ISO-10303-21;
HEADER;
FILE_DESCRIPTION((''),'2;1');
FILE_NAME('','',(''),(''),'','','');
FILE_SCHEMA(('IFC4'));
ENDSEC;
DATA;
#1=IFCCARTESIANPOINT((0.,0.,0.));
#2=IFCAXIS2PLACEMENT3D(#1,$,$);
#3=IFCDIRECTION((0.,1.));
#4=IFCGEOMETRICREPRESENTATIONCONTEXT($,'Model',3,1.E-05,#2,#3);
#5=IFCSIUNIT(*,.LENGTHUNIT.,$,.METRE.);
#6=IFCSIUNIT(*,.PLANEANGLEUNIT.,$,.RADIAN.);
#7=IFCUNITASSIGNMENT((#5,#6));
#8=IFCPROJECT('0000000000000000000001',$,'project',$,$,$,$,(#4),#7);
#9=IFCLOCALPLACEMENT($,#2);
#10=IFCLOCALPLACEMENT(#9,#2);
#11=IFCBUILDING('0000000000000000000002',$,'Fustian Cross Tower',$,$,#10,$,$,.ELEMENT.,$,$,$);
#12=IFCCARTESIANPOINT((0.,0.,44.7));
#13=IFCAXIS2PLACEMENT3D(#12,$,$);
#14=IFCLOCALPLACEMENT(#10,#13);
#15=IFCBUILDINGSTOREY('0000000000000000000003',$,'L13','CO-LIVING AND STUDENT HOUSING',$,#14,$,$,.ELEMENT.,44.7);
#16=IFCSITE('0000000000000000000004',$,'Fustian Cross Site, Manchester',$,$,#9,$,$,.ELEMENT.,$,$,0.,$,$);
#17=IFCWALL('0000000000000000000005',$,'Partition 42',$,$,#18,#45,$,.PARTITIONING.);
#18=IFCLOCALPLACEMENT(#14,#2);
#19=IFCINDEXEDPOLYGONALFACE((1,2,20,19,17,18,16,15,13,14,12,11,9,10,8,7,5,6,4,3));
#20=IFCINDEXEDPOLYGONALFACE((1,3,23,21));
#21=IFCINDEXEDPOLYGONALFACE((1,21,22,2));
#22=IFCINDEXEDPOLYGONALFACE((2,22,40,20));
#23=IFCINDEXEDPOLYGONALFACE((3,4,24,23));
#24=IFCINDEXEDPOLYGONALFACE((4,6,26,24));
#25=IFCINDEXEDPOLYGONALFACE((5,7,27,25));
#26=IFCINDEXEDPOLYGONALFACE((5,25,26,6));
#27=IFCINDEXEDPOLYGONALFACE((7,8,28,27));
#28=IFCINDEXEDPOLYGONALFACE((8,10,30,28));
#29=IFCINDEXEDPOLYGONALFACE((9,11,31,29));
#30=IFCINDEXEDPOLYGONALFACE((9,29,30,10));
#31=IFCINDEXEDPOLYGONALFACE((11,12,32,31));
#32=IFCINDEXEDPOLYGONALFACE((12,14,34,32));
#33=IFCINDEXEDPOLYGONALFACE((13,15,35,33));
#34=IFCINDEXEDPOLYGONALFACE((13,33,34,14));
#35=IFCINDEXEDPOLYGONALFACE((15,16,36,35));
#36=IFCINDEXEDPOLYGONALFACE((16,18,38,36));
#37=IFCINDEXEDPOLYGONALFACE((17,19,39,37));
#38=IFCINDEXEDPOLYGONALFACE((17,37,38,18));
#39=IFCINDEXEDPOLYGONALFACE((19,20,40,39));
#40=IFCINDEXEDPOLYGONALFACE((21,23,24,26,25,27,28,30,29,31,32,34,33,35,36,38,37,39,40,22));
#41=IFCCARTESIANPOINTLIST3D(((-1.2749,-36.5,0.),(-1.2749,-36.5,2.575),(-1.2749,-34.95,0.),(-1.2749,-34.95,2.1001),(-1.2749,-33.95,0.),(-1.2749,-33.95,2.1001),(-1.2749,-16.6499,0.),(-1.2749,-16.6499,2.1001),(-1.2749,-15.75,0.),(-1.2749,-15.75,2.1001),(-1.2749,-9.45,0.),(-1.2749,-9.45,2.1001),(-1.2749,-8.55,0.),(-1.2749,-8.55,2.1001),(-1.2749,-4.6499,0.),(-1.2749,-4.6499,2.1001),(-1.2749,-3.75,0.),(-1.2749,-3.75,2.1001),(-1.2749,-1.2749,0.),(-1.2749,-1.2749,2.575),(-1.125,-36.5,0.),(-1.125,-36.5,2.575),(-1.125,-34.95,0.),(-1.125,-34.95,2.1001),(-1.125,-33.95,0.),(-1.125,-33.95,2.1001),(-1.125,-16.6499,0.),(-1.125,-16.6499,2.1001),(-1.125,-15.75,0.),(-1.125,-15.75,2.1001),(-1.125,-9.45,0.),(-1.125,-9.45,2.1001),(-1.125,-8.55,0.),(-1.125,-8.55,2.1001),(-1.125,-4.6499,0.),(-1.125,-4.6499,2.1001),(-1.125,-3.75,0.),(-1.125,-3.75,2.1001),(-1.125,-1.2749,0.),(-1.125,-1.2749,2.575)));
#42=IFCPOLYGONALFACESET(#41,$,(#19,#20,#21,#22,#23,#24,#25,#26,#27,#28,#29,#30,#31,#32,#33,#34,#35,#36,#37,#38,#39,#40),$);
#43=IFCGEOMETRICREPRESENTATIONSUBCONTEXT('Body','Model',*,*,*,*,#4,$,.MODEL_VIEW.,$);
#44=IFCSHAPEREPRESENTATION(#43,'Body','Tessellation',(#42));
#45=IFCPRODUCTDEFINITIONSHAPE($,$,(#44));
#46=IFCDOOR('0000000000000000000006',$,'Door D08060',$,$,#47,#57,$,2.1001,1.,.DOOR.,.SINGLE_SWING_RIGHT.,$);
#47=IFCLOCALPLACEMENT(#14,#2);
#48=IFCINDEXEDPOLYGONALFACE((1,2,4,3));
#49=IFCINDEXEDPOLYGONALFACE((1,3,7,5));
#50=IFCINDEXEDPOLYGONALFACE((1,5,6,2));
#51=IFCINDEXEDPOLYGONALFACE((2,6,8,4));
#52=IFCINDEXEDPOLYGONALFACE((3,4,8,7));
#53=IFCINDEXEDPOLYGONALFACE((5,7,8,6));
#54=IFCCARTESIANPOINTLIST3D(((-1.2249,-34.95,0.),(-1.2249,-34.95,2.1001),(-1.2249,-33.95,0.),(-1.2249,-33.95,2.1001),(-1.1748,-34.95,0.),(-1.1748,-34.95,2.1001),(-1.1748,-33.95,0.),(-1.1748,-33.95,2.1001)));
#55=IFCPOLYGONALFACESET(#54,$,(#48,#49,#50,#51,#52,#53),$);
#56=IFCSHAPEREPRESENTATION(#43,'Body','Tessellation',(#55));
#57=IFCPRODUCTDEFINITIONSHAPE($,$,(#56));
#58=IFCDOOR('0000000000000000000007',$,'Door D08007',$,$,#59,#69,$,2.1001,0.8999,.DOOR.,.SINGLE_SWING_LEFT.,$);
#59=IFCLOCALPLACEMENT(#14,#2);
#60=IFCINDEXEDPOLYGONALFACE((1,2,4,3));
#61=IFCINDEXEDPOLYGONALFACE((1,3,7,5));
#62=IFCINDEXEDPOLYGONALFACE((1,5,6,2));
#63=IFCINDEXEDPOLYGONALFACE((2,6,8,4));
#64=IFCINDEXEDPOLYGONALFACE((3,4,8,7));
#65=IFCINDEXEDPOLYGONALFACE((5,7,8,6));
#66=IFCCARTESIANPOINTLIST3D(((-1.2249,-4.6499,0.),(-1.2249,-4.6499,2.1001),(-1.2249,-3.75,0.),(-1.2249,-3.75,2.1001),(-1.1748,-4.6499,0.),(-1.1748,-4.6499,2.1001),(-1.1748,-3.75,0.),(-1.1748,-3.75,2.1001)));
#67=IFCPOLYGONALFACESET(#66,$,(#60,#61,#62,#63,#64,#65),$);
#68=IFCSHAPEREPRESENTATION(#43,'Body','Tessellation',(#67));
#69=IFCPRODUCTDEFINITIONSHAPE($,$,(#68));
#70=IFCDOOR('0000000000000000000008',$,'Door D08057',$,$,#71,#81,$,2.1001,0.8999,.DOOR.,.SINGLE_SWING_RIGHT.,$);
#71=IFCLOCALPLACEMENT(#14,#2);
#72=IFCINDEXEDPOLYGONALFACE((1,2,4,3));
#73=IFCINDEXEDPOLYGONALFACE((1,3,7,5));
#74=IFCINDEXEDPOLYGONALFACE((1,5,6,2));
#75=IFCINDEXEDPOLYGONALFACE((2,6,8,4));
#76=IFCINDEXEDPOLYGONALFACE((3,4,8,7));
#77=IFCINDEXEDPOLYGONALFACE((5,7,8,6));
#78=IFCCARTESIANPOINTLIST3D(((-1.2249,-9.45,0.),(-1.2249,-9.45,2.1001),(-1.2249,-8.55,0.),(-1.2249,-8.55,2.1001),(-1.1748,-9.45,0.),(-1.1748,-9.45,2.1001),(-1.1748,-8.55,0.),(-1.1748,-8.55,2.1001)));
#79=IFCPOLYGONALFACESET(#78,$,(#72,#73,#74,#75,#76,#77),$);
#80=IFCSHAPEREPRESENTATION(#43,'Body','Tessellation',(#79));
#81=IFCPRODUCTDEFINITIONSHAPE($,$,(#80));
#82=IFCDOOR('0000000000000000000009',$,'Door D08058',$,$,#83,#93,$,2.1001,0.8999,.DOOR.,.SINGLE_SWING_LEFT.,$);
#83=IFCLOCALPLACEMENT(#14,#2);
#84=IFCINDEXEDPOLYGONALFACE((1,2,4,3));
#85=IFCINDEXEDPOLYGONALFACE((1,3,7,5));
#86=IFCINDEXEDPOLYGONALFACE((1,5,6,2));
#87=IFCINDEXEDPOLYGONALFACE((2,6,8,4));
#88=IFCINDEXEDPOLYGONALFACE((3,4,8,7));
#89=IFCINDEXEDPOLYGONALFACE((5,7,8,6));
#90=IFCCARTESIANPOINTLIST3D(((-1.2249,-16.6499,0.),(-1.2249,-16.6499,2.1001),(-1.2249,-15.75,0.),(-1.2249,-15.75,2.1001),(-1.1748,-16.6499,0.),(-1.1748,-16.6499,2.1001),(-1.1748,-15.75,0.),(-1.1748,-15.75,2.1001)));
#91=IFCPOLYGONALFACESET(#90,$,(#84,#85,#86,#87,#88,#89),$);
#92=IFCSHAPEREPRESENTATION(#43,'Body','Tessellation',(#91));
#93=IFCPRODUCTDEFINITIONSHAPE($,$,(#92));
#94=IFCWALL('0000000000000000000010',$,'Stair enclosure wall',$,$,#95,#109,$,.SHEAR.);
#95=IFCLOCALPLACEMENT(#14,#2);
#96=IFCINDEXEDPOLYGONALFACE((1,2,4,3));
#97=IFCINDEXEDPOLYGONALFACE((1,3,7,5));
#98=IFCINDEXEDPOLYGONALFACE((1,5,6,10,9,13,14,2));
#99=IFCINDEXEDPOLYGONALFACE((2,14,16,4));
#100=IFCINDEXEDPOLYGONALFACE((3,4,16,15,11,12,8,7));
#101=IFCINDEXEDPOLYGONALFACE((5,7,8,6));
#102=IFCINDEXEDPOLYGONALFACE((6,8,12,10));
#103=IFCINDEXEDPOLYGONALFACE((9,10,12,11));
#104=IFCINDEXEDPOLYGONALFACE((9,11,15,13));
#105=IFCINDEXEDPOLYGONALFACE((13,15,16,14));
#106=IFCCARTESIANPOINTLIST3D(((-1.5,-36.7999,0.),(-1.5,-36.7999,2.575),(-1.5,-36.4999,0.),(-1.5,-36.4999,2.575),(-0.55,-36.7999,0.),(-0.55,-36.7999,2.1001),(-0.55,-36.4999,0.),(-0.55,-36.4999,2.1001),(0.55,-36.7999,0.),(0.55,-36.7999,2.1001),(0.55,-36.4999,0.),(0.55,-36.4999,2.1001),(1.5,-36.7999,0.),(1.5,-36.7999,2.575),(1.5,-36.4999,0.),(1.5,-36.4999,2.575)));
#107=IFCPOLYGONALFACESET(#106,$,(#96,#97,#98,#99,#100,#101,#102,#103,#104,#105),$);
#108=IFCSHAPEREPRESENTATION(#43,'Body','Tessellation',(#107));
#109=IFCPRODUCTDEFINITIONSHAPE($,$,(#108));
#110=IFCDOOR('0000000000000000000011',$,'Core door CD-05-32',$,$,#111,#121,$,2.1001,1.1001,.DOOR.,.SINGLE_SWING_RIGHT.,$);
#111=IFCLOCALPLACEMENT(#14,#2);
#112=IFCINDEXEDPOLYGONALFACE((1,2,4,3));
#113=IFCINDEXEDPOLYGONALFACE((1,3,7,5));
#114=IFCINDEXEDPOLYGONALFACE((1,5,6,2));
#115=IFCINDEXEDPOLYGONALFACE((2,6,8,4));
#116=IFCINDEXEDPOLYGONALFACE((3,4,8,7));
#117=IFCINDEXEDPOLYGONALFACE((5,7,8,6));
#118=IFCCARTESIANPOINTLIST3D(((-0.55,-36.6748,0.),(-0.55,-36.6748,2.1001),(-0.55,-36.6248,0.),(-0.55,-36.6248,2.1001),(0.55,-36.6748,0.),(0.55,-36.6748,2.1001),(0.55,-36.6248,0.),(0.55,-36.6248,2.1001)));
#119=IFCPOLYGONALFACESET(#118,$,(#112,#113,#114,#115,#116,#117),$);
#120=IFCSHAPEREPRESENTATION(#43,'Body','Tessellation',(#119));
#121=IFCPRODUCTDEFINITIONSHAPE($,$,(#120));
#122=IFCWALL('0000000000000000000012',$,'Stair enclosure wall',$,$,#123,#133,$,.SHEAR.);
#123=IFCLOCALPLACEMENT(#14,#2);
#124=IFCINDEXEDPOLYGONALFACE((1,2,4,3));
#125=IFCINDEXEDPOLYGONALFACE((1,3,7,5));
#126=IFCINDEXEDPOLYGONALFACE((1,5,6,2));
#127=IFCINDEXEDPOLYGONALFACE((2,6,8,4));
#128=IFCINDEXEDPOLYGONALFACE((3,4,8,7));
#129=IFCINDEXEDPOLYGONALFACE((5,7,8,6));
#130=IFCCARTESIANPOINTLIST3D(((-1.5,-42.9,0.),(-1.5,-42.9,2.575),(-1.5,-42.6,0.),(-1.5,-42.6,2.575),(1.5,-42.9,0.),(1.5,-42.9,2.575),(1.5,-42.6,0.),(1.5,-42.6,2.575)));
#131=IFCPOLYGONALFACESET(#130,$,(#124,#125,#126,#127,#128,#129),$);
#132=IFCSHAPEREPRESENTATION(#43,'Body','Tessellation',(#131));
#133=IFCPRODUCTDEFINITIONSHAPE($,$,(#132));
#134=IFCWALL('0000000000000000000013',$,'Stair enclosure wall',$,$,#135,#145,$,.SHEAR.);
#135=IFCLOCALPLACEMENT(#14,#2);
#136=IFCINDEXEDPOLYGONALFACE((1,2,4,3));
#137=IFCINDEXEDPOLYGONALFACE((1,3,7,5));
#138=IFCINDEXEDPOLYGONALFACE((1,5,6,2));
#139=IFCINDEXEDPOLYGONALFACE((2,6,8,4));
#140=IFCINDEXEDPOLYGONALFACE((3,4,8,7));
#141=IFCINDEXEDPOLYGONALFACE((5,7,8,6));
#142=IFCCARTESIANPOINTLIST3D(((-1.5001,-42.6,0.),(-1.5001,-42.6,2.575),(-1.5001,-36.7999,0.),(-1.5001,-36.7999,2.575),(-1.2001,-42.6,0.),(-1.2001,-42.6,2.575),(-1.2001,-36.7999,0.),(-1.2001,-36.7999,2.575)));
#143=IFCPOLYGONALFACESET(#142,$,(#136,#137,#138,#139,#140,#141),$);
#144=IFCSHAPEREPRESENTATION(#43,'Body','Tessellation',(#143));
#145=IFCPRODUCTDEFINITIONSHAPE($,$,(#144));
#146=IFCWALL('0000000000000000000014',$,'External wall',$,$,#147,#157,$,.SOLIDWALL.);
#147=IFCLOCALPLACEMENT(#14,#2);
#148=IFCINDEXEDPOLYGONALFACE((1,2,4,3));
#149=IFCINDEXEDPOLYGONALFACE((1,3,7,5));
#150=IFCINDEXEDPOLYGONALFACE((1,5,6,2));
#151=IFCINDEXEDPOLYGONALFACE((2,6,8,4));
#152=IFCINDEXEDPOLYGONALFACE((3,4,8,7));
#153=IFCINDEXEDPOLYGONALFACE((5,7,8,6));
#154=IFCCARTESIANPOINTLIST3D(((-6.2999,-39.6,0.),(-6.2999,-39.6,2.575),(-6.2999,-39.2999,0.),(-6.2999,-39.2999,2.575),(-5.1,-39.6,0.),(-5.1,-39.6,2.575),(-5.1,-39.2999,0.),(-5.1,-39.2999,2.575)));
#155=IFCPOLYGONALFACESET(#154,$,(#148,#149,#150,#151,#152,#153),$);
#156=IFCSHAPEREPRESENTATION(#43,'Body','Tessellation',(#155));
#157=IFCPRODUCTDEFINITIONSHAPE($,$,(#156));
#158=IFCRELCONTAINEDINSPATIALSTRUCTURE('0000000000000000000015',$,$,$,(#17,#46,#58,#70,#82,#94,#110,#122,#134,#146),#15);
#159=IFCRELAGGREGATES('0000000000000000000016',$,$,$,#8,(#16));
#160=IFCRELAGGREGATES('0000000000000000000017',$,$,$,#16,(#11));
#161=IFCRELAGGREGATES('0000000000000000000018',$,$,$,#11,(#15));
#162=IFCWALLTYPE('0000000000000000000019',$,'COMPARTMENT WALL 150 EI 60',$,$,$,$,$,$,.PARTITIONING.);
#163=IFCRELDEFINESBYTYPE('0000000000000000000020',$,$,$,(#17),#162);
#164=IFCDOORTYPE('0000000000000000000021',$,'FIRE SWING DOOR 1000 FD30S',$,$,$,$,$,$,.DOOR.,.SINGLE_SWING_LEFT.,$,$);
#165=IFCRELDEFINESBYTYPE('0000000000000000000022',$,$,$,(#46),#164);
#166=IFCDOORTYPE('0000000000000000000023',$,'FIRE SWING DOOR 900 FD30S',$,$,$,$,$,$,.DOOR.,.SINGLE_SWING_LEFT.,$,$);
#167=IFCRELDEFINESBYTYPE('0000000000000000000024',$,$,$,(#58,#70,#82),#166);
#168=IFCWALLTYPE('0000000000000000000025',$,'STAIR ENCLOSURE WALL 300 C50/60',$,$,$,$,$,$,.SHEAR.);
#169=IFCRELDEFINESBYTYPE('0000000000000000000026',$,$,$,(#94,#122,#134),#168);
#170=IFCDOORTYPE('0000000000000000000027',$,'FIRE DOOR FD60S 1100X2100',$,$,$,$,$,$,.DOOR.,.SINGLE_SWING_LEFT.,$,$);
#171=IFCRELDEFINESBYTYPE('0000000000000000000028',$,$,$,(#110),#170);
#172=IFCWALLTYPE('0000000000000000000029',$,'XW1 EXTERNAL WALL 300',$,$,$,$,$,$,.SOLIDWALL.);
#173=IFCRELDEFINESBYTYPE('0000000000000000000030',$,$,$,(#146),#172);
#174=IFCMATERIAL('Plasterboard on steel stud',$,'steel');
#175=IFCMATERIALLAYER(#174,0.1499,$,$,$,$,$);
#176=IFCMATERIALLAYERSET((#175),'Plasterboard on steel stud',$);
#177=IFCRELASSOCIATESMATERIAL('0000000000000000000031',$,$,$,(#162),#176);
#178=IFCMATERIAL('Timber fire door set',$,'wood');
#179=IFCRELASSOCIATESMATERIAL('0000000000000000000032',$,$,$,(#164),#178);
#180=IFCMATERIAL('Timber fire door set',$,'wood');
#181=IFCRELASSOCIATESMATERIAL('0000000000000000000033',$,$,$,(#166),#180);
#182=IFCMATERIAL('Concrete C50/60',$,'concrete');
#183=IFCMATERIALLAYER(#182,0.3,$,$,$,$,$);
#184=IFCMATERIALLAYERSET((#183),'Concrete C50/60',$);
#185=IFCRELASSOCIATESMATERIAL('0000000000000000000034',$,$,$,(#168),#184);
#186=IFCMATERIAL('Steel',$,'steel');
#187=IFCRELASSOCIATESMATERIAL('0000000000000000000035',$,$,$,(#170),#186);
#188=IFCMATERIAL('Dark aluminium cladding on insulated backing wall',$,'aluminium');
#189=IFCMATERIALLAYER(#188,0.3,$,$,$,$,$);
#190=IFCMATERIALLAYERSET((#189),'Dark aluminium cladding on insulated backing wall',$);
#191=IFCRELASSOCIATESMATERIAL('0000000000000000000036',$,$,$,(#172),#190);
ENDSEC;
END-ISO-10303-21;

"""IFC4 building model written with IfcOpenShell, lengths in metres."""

from ifc_helpers import new_model, si_unit, direction, frame, frame_2d, origin, place, context, subcontext, project, spatial, rectangle, extrude, material, layer, layer_set, type_object, element, fill, save


model = new_model("IFC4")

# Units and contexts
model_context = context("Model", 3, precision=1e-05, world=origin(), true_north=direction((0.0, 1.0)))
body_context = subcontext(model_context, "Body", "Model", "MODEL_VIEW")
ifc_project = project(units=[si_unit("LENGTHUNIT", "METRE"), si_unit("PLANEANGLEUNIT", "RADIAN")], contexts=[model_context])

# Site, building, storey
site_placement = place(None, origin())
site = spatial("IfcSite", under=ifc_project, at=site_placement, Name="Fustian Cross Site, Manchester", CompositionType="ELEMENT", RefElevation=0.0)
building_placement = place(site_placement, origin())
building = spatial("IfcBuilding", under=site, at=building_placement, Name="Fustian Cross Tower", CompositionType="ELEMENT")
storey_placement = place(building_placement, frame((0.0, 0.0, 44.7)))
storey = spatial("IfcBuildingStorey", under=building, at=storey_placement, Name="L13", Description="CO-LIVING AND STUDENT HOUSING", CompositionType="ELEMENT", Elevation=44.7)

# Wall, openings, doors
ifc_material_1 = material(Name="Plasterboard on steel stud", Category="steel")
ifc_layer_1 = layer(ifc_material_1, 0.1499)
ifc_layer_set_1 = layer_set([ifc_layer_1], Name="Plasterboard on steel stud")
wall_type_1 = type_object("IfcWallType", Name="COMPARTMENT WALL 150 EI 60", PredefinedType="PARTITIONING", material=ifc_layer_set_1)
wall_1_placement = place(storey_placement, frame((-1.2, -36.5, 0.0), z_axis=(0.0, 0.0, 1.0), x_axis=(0.0, 1.0, 0.0)))
wall_1 = element("IfcWall", 1, at=wall_1_placement, inside=storey, type_object=wall_type_1, Name="Partition 42", PredefinedType="PARTITIONING", context=body_context, shape_type="SweptSolid", body=[
    extrude(rectangle(XDim=35.2251, YDim=0.1499, at=frame_2d((17.6125, 0.0))), origin(), (0.0, 0.0, 1.0), 2.575),
])
opening_1_placement = place(wall_1_placement, frame((31.8501, 0.0, 0.0)))
opening_1 = element("IfcOpeningElement", 2, at=opening_1_placement, cuts=wall_1, PredefinedType="OPENING", context=body_context, shape_type="SweptSolid", body=[
    extrude(rectangle(XDim=0.8999, YDim=2.1001, at=frame_2d((0.45, 1.05))), frame((0.0, 0.085, 0.0), z_axis=(0.0, -1.0, 0.0), x_axis=(1.0, 0.0, 0.0)), (0.0, 0.0, 1.0), 0.1699),
])
opening_2_placement = place(wall_1_placement, frame((27.05, 0.0, 0.0)))
opening_2 = element("IfcOpeningElement", 3, at=opening_2_placement, cuts=wall_1, PredefinedType="OPENING", context=body_context, shape_type="SweptSolid", body=[
    extrude(rectangle(XDim=0.8999, YDim=2.1001, at=frame_2d((0.45, 1.05))), frame((0.0, 0.085, 0.0), z_axis=(0.0, -1.0, 0.0), x_axis=(1.0, 0.0, 0.0)), (0.0, 0.0, 1.0), 0.1699),
])
opening_3_placement = place(wall_1_placement, frame((19.8501, 0.0, 0.0)))
opening_3 = element("IfcOpeningElement", 4, at=opening_3_placement, cuts=wall_1, PredefinedType="OPENING", context=body_context, shape_type="SweptSolid", body=[
    extrude(rectangle(XDim=0.8999, YDim=2.1001, at=frame_2d((0.45, 1.05))), frame((0.0, 0.085, 0.0), z_axis=(0.0, -1.0, 0.0), x_axis=(1.0, 0.0, 0.0)), (0.0, 0.0, 1.0), 0.1699),
])
opening_4_placement = place(wall_1_placement, frame((1.55, 0.0, 0.0)))
opening_4 = element("IfcOpeningElement", 5, at=opening_4_placement, cuts=wall_1, PredefinedType="OPENING", context=body_context, shape_type="SweptSolid", body=[
    extrude(rectangle(XDim=1.0, YDim=2.1001, at=frame_2d((0.5, 1.05))), frame((0.0, 0.085, 0.0), z_axis=(0.0, -1.0, 0.0), x_axis=(1.0, 0.0, 0.0)), (0.0, 0.0, 1.0), 0.1699),
])
ifc_material_2 = material(Name="Timber fire door set", Category="wood")
door_type_1 = type_object("IfcDoorType", Name="FIRE SWING DOOR 1000 FD30S", OperationType="SINGLE_SWING_LEFT", PredefinedType="DOOR", material=ifc_material_2)
door_1_placement = place(opening_4_placement, origin())
door_1 = element("IfcDoor", 6, at=door_1_placement, inside=storey, type_object=door_type_1, Name="Door D08060", OperationType="SINGLE_SWING_RIGHT", OverallHeight=2.1001, OverallWidth=1.0, PredefinedType="DOOR", context=body_context, shape_type="SweptSolid", body=[
    extrude(rectangle(XDim=1.0, YDim=2.1001, at=frame_2d((0.5, 1.05))), frame((0.0, 0.0249, 0.0), z_axis=(0.0, -1.0, 0.0), x_axis=(1.0, 0.0, 0.0)), (0.0, 0.0, 1.0), 0.05),
])
fill(opening_4, door_1)
ifc_material_3 = material(Name="Timber fire door set", Category="wood")
door_type_2 = type_object("IfcDoorType", Name="FIRE SWING DOOR 900 FD30S", OperationType="SINGLE_SWING_LEFT", PredefinedType="DOOR", material=ifc_material_3)
door_2_placement = place(opening_1_placement, origin())
door_2 = element("IfcDoor", 7, at=door_2_placement, inside=storey, type_object=door_type_2, Name="Door D08007", OperationType="SINGLE_SWING_LEFT", OverallHeight=2.1001, OverallWidth=0.8999, PredefinedType="DOOR", context=body_context, shape_type="SweptSolid", body=[
    extrude(rectangle(XDim=0.8999, YDim=2.1001, at=frame_2d((0.45, 1.05))), frame((0.0, 0.0249, 0.0), z_axis=(0.0, -1.0, 0.0), x_axis=(1.0, 0.0, 0.0)), (0.0, 0.0, 1.0), 0.05),
])
fill(opening_1, door_2)
door_3_placement = place(opening_2_placement, origin())
door_3 = element("IfcDoor", 8, at=door_3_placement, inside=storey, type_object=door_type_2, Name="Door D08057", OperationType="SINGLE_SWING_RIGHT", OverallHeight=2.1001, OverallWidth=0.8999, PredefinedType="DOOR", context=body_context, shape_type="SweptSolid", body=[
    extrude(rectangle(XDim=0.8999, YDim=2.1001, at=frame_2d((0.45, 1.05))), frame((0.0, 0.0249, 0.0), z_axis=(0.0, -1.0, 0.0), x_axis=(1.0, 0.0, 0.0)), (0.0, 0.0, 1.0), 0.05),
])
fill(opening_2, door_3)
door_4_placement = place(opening_3_placement, origin())
door_4 = element("IfcDoor", 9, at=door_4_placement, inside=storey, type_object=door_type_2, Name="Door D08058", OperationType="SINGLE_SWING_LEFT", OverallHeight=2.1001, OverallWidth=0.8999, PredefinedType="DOOR", context=body_context, shape_type="SweptSolid", body=[
    extrude(rectangle(XDim=0.8999, YDim=2.1001, at=frame_2d((0.45, 1.05))), frame((0.0, 0.0249, 0.0), z_axis=(0.0, -1.0, 0.0), x_axis=(1.0, 0.0, 0.0)), (0.0, 0.0, 1.0), 0.05),
])
fill(opening_3, door_4)

# Wall, opening, door
ifc_material_4 = material(Name="Concrete C50/60", Category="concrete")
ifc_layer_2 = layer(ifc_material_4, 0.3)
ifc_layer_set_2 = layer_set([ifc_layer_2], Name="Concrete C50/60")
wall_type_2 = type_object("IfcWallType", Name="STAIR ENCLOSURE WALL 300 C50/60", PredefinedType="SHEAR", material=ifc_layer_set_2)
wall_2_placement = place(storey_placement, frame((-1.5, -36.6499, 0.0), z_axis=(0.0, 0.0, 1.0), x_axis=(1.0, 0.0, 0.0)))
wall_2 = element("IfcWall", 10, at=wall_2_placement, inside=storey, type_object=wall_type_2, Name="Stair enclosure wall", PredefinedType="SHEAR", context=body_context, shape_type="SweptSolid", body=[
    extrude(rectangle(XDim=3.0, YDim=0.3, at=frame_2d((1.5, 0.0))), origin(), (0.0, 0.0, 1.0), 2.575),
])
opening_5_placement = place(wall_2_placement, frame((0.95, 0.0, 0.0)))
opening_5 = element("IfcOpeningElement", 11, at=opening_5_placement, cuts=wall_2, PredefinedType="OPENING", context=body_context, shape_type="SweptSolid", body=[
    extrude(rectangle(XDim=1.1001, YDim=2.1001, at=frame_2d((0.55, 1.05))), frame((0.0, 0.1599, 0.0), z_axis=(0.0, -1.0, 0.0), x_axis=(1.0, 0.0, 0.0)), (0.0, 0.0, 1.0), 0.3201),
])
ifc_material_5 = material(Name="Steel", Category="steel")
door_type_3 = type_object("IfcDoorType", Name="FIRE DOOR FD60S 1100X2100", OperationType="SINGLE_SWING_LEFT", PredefinedType="DOOR", material=ifc_material_5)
door_5_placement = place(opening_5_placement, frame((1.1001, 0.0, 0.0), z_axis=(0.0, 0.0, 1.0), x_axis=(-1.0, 0.0, 0.0)))
door_5 = element("IfcDoor", 12, at=door_5_placement, inside=storey, type_object=door_type_3, Name="Core door CD-05-32", OperationType="SINGLE_SWING_RIGHT", OverallHeight=2.1001, OverallWidth=1.1001, PredefinedType="DOOR", context=body_context, shape_type="SweptSolid", body=[
    extrude(rectangle(XDim=1.1001, YDim=2.1001, at=frame_2d((0.55, 1.05))), frame((0.0, 0.0249, 0.0), z_axis=(0.0, -1.0, 0.0), x_axis=(1.0, 0.0, 0.0)), (0.0, 0.0, 1.0), 0.05),
])
fill(opening_5, door_5)

# Walls
wall_3_placement = place(storey_placement, frame((-1.5, -42.75, 0.0), z_axis=(0.0, 0.0, 1.0), x_axis=(1.0, 0.0, 0.0)))
element("IfcWall", 13, at=wall_3_placement, inside=storey, type_object=wall_type_2, Name="Stair enclosure wall", PredefinedType="SHEAR", context=body_context, shape_type="SweptSolid", body=[
    extrude(rectangle(XDim=3.0, YDim=0.3, at=frame_2d((1.5, 0.0))), origin(), (0.0, 0.0, 1.0), 2.575),
])
wall_4_placement = place(storey_placement, frame((-1.3501, -36.8, 0.0), z_axis=(0.0, 0.0, 1.0), x_axis=(0.0, -1.0, 0.0)))
element("IfcWall", 14, at=wall_4_placement, inside=storey, type_object=wall_type_2, Name="Stair enclosure wall", PredefinedType="SHEAR", context=body_context, shape_type="SweptSolid", body=[
    extrude(rectangle(XDim=5.8, YDim=0.3, at=frame_2d((2.8999, 0.0))), origin(), (0.0, 0.0, 1.0), 2.575),
])
ifc_material_6 = material(Name="Dark aluminium cladding on insulated backing wall", Category="aluminium")
ifc_layer_3 = layer(ifc_material_6, 0.3)
ifc_layer_set_3 = layer_set([ifc_layer_3], Name="Dark aluminium cladding on insulated backing wall")
wall_type_3 = type_object("IfcWallType", Name="XW1 EXTERNAL WALL 300", PredefinedType="SOLIDWALL", material=ifc_layer_set_3)
wall_5_placement = place(storey_placement, frame((-6.3, -39.45, 0.0), z_axis=(0.0, 0.0, 1.0), x_axis=(1.0, 0.0, 0.0)))
element("IfcWall", 15, at=wall_5_placement, inside=storey, type_object=wall_type_3, Name="External wall", PredefinedType="SOLIDWALL", context=body_context, shape_type="SweptSolid", body=[
    extrude(rectangle(XDim=1.2, YDim=0.3, at=frame_2d((0.6001, 0.0))), origin(), (0.0, 0.0, 1.0), 2.575),
])

save(model, "model.ifc")
